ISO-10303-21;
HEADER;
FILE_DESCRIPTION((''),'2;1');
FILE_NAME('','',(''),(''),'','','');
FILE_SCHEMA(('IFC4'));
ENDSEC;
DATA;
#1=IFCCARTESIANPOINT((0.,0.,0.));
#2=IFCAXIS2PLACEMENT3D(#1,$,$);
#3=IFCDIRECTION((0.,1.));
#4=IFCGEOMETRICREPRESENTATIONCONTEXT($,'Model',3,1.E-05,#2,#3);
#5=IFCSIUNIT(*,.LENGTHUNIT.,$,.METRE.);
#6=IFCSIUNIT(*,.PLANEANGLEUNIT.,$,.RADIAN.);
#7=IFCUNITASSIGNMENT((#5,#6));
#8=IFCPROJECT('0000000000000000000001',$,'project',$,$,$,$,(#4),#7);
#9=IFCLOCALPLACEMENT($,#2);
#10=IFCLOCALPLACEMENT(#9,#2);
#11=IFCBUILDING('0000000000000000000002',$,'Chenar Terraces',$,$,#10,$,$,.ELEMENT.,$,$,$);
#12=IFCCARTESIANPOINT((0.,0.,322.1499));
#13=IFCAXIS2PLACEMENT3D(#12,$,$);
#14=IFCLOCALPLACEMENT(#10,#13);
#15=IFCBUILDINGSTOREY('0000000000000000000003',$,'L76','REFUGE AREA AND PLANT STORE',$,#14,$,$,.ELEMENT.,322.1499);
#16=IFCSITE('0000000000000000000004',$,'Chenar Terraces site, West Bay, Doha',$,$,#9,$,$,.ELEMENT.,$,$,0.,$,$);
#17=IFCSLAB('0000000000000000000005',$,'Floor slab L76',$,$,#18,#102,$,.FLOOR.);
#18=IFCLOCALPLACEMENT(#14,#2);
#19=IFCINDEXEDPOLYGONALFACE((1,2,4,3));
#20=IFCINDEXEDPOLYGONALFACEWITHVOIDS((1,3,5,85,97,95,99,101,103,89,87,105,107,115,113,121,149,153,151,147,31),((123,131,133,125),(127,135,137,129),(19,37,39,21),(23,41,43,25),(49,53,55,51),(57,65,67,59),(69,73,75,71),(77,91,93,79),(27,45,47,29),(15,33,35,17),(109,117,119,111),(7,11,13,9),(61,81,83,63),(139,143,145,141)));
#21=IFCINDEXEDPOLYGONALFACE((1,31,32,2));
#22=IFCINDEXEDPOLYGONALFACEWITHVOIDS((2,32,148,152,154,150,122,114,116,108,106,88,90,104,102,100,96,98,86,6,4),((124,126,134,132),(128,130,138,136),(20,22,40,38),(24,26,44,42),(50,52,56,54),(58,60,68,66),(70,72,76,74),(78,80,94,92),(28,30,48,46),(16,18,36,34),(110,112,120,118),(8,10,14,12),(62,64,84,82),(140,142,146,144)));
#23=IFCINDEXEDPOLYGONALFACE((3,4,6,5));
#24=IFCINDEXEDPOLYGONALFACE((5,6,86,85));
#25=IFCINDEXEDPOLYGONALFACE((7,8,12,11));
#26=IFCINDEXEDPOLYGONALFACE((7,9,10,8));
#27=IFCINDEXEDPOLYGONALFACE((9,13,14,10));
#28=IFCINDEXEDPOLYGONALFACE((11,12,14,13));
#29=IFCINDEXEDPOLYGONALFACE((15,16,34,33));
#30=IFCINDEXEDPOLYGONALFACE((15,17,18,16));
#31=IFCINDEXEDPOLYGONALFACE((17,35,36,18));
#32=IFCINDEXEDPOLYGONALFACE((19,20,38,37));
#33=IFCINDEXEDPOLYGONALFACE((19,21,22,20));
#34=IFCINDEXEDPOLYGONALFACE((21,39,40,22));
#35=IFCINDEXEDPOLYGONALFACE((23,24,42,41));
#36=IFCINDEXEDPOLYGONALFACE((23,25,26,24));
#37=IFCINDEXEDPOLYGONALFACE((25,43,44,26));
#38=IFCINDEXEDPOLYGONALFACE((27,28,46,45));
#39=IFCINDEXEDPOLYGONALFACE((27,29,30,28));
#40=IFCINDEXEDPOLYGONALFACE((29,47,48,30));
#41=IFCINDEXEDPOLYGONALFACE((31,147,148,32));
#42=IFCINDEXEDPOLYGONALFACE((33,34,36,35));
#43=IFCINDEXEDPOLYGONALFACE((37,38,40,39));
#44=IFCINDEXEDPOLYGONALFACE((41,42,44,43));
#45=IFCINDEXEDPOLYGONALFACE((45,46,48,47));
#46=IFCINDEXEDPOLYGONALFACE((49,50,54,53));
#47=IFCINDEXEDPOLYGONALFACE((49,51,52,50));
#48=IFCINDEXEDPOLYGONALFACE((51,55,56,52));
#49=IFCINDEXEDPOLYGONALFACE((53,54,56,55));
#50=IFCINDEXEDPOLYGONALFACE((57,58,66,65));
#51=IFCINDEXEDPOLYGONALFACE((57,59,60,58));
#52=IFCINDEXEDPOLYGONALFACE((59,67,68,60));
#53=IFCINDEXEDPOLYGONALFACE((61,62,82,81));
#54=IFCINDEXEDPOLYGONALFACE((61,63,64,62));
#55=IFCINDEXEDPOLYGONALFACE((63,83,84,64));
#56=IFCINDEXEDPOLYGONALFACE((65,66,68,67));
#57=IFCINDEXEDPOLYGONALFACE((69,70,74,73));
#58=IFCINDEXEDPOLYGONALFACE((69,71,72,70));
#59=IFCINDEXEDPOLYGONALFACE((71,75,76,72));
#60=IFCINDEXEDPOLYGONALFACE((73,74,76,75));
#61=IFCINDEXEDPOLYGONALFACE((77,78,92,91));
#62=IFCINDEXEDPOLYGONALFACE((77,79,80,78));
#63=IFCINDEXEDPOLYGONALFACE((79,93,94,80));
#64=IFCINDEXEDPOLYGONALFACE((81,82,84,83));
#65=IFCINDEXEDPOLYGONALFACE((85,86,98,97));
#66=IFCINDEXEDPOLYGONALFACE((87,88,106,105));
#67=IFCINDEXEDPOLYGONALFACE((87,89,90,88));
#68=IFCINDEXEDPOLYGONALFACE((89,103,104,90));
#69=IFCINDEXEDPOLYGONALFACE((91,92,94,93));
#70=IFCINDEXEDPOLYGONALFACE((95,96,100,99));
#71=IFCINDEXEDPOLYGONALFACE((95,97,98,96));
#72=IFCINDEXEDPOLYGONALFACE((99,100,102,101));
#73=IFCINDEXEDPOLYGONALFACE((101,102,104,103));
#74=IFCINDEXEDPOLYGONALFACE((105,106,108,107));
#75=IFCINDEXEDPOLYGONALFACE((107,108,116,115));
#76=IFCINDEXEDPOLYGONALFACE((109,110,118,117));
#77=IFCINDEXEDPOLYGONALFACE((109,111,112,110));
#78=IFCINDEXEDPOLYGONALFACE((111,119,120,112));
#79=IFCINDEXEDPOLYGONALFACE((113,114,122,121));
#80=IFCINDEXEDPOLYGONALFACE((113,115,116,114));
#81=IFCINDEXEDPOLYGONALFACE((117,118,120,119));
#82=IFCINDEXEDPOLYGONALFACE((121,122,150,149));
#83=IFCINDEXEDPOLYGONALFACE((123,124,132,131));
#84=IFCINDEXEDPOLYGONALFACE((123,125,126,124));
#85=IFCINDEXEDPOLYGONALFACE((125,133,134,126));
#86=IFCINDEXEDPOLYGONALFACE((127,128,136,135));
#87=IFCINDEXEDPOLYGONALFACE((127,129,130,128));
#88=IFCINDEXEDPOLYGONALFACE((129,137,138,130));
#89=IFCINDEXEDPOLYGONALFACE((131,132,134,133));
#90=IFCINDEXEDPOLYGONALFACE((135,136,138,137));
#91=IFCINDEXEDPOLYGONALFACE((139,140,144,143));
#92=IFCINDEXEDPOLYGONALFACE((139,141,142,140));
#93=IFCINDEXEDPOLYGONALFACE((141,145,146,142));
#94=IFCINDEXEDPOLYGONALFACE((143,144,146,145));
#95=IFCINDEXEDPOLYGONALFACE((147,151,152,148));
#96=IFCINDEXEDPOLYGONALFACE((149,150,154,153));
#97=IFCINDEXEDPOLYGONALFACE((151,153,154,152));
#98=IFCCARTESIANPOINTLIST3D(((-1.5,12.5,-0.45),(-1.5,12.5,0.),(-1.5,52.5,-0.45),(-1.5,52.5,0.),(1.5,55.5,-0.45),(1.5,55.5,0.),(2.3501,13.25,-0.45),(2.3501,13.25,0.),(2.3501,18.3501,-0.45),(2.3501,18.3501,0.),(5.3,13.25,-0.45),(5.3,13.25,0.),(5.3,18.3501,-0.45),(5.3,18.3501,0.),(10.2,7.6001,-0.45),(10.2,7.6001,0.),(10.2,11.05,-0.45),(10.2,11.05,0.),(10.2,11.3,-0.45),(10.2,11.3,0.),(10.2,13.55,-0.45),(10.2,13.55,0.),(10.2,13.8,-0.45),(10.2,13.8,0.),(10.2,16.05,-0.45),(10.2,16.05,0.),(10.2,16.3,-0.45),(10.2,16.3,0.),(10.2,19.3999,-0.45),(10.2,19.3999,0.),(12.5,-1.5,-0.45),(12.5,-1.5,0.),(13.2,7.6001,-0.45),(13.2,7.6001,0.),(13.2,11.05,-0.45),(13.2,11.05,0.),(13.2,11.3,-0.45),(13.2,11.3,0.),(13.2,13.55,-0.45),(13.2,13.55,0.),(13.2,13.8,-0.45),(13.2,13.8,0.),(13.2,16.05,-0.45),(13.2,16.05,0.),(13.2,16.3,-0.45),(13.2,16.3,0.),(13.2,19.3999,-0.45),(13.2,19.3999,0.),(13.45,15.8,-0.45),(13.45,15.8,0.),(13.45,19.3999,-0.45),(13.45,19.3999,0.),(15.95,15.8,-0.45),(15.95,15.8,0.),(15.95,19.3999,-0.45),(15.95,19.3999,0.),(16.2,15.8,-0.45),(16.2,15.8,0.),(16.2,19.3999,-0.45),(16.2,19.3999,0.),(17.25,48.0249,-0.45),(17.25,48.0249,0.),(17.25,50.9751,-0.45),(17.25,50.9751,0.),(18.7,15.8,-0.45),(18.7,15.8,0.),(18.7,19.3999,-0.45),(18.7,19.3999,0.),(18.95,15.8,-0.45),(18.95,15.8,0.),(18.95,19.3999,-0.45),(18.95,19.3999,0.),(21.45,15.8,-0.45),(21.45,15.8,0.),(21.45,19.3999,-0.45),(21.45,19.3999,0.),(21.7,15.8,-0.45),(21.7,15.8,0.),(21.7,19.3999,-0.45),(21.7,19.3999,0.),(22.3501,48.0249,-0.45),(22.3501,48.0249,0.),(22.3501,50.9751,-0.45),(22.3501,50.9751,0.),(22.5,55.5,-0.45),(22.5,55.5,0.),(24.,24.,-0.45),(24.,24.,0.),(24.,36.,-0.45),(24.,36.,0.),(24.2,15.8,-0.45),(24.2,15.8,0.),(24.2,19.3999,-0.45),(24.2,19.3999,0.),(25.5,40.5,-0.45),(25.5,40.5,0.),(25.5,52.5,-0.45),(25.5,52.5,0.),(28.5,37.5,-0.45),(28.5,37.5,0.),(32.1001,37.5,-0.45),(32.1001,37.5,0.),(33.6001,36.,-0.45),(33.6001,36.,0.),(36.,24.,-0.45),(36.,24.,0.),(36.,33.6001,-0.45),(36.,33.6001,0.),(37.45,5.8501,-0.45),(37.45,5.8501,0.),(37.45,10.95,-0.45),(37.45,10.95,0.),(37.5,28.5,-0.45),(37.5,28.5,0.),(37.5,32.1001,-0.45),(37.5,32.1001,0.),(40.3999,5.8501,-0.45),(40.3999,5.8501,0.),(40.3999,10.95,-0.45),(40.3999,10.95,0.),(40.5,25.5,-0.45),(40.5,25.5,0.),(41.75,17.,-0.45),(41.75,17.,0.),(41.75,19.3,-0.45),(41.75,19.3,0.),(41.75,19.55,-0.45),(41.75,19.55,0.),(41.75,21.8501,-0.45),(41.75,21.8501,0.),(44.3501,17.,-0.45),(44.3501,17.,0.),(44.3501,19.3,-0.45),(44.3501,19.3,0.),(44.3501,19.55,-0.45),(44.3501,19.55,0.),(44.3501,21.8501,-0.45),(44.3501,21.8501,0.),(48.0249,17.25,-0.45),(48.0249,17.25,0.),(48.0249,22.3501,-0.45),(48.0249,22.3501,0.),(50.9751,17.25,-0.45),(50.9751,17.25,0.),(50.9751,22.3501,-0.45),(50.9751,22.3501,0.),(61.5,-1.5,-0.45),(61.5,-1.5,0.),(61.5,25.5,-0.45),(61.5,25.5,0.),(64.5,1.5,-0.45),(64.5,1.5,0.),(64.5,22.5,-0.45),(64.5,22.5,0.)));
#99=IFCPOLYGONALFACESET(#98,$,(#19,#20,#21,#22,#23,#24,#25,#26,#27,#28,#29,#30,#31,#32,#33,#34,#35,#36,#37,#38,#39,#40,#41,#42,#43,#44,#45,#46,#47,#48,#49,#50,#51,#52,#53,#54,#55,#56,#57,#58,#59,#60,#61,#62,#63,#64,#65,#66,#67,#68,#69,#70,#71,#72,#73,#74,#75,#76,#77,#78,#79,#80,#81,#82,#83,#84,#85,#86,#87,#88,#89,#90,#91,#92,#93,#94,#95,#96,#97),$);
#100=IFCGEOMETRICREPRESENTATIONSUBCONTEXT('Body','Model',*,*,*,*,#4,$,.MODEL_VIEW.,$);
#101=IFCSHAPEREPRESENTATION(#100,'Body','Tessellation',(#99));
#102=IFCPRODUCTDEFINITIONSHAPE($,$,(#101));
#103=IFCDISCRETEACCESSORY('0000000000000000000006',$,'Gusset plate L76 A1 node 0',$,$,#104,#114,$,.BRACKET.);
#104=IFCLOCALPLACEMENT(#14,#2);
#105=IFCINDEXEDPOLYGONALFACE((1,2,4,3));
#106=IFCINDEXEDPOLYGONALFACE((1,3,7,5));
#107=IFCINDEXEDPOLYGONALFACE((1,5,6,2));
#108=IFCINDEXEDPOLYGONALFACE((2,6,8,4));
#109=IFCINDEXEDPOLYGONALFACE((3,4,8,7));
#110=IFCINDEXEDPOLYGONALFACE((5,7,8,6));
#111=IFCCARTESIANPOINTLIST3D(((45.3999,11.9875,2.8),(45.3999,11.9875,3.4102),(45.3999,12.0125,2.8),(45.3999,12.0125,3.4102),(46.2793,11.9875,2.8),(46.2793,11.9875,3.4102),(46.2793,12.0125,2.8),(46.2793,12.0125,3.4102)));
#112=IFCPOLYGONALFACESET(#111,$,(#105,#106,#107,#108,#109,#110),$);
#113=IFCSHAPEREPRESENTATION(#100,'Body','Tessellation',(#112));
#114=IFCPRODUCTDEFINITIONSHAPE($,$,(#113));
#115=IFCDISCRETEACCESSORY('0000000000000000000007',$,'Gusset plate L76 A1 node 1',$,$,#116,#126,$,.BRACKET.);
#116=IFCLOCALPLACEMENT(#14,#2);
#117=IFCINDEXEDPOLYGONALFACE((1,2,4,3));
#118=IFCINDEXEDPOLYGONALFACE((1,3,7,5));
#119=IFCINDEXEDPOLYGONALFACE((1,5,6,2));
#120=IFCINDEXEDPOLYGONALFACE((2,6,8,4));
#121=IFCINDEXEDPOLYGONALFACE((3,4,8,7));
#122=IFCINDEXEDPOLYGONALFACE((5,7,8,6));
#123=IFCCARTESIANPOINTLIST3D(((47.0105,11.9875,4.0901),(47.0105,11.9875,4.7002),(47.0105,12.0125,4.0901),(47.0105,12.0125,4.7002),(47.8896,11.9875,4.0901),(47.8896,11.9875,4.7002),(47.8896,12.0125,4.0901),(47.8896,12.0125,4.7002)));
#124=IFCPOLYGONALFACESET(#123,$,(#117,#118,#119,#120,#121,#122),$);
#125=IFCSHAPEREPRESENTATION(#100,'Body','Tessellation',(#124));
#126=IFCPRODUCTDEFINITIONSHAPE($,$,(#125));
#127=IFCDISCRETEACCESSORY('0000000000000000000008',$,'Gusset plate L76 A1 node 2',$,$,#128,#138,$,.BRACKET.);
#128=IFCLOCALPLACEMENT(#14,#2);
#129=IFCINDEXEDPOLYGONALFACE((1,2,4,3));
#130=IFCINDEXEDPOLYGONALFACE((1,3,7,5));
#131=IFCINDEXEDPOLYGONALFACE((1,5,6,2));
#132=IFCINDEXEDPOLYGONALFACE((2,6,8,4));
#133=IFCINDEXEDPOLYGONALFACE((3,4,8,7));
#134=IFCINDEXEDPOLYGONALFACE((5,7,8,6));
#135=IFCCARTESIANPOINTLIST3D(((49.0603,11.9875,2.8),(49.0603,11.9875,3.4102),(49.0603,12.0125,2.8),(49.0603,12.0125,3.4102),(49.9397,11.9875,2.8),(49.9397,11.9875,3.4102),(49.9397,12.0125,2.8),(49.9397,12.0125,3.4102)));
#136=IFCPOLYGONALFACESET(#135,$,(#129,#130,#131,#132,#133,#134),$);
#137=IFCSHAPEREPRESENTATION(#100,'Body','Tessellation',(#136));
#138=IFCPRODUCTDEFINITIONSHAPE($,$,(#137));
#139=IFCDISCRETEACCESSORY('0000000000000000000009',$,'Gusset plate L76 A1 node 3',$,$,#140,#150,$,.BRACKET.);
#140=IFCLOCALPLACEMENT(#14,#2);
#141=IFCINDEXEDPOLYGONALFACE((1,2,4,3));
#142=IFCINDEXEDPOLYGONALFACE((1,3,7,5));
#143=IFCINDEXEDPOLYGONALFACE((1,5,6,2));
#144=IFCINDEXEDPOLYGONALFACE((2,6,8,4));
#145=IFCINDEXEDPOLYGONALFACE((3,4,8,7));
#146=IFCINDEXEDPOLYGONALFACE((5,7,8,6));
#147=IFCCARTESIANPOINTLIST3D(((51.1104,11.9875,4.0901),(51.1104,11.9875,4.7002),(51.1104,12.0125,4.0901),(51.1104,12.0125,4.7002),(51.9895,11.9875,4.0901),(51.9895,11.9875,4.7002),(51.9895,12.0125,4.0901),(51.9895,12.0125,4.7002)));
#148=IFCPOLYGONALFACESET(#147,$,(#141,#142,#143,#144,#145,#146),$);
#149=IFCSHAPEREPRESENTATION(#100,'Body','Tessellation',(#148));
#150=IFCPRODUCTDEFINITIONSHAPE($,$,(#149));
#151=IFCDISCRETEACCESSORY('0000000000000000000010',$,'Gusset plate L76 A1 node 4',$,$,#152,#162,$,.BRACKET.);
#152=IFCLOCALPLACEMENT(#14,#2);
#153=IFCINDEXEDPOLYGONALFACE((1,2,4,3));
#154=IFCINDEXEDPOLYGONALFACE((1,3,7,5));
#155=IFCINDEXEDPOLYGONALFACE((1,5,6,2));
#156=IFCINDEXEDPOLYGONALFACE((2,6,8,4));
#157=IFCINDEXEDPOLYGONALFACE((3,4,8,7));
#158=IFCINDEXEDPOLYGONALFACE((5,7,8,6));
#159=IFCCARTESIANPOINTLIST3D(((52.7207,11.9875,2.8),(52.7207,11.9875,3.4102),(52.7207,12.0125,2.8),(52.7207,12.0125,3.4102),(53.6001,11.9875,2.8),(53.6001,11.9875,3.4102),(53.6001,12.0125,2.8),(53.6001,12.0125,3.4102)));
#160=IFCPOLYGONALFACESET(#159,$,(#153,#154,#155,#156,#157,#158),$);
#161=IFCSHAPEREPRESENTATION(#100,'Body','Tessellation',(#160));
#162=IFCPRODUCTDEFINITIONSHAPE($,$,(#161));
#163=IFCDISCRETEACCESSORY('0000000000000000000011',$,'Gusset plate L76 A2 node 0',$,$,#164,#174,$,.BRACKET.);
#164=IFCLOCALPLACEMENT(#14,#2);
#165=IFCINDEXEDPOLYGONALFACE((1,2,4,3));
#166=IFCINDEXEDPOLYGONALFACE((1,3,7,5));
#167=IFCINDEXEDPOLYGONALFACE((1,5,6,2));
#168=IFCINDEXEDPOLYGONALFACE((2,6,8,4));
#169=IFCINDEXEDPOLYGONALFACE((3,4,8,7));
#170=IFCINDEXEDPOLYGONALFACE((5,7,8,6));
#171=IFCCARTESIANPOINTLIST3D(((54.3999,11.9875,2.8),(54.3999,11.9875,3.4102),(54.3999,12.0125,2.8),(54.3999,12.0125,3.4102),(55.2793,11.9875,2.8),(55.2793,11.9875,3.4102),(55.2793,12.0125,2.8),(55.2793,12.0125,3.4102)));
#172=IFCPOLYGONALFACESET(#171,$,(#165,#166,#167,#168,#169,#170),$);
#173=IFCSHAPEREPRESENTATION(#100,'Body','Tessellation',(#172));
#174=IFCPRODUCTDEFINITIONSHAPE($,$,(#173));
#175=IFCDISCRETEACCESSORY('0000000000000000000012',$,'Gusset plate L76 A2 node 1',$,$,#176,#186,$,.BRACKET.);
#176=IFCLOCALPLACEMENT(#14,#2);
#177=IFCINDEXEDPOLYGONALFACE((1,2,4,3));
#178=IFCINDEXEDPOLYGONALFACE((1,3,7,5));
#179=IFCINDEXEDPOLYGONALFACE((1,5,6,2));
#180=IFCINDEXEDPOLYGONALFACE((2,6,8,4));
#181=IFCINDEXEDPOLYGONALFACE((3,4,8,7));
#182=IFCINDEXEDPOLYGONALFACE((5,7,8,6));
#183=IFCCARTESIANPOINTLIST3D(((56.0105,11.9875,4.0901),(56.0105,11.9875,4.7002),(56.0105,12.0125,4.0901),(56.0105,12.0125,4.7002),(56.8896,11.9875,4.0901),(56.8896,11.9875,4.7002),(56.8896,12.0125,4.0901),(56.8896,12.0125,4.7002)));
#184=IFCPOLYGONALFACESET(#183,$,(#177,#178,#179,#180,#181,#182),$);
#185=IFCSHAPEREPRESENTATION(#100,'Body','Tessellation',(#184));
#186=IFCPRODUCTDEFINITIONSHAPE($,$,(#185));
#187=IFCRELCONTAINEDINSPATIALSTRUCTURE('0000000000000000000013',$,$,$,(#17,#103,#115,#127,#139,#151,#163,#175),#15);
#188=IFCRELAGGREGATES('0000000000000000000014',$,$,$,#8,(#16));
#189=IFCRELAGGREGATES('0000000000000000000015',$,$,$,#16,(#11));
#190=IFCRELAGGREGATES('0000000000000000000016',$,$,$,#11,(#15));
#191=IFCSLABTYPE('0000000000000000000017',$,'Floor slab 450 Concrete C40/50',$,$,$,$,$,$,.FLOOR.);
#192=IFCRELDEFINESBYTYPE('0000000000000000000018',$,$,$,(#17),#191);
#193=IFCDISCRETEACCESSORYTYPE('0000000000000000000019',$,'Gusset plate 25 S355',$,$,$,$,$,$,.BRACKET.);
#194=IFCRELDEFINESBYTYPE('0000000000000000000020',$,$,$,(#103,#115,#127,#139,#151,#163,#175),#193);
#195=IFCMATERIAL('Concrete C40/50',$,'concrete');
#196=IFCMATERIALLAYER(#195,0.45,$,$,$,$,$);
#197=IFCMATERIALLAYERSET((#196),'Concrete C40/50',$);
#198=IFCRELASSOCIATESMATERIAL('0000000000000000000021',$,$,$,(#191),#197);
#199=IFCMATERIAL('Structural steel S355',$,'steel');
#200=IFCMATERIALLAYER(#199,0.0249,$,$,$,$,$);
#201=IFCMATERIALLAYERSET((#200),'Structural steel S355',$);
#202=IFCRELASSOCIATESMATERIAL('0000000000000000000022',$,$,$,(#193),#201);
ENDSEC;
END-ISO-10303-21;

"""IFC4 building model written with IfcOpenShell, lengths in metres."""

from ifc_helpers import new_model, si_unit, direction, frame, origin, place, context, subcontext, project, spatial, polyline, outline, extrude, material, layer, layer_set, type_object, element, save


model = new_model("IFC4")

# Units and contexts
model_context = context("Model", 3, precision=1e-05, world=origin(), true_north=direction((0.0, 1.0)))
body_context = subcontext(model_context, "Body", "Model", "MODEL_VIEW")
ifc_project = project(units=[si_unit("LENGTHUNIT", "METRE"), si_unit("PLANEANGLEUNIT", "RADIAN")], contexts=[model_context])

# Site, building, storey
site_placement = place(None, origin())
site = spatial("IfcSite", under=ifc_project, at=site_placement, Name="Chenar Terraces site, West Bay, Doha", CompositionType="ELEMENT", RefElevation=0.0)
building_placement = place(site_placement, origin())
building = spatial("IfcBuilding", under=site, at=building_placement, Name="Chenar Terraces", CompositionType="ELEMENT")
storey_placement = place(building_placement, frame((0.0, 0.0, 322.1499)))
storey = spatial("IfcBuildingStorey", under=building, at=storey_placement, Name="L76", Description="REFUGE AREA AND PLANT STORE", CompositionType="ELEMENT", Elevation=322.1499)

# Slab
ifc_material_1 = material(Name="Concrete C40/50", Category="concrete")
ifc_layer_1 = layer(ifc_material_1, 0.45)
ifc_layer_set_1 = layer_set([ifc_layer_1], Name="Concrete C40/50")
slab_type = type_object("IfcSlabType", Name="Floor slab 450 Concrete C40/50", PredefinedType="FLOOR", material=ifc_layer_set_1)
slab_placement = place(storey_placement, frame((0.0, 0.0, -0.45)))
element("IfcSlab", 1, at=slab_placement, inside=storey, type_object=slab_type, Name="Floor slab L76", PredefinedType="FLOOR", context=body_context, shape_type="SweptSolid", body=[
    extrude(outline(polyline([(64.5, 22.5), (64.5, 1.5), (61.5, -1.5), (12.5, -1.5), (-1.5, 12.5), (-1.5, 52.5), (1.5, 55.5), (22.5, 55.5), (25.5, 52.5), (25.5, 40.5), (28.5, 37.5), (32.1001, 37.5), (33.6001, 36.0), (24.0, 36.0), (24.0, 24.0), (36.0, 24.0), (36.0, 33.6001), (37.5, 32.1001), (37.5, 28.5), (40.5, 25.5), (61.5, 25.5), (64.5, 22.5)]), holes=[polyline([(10.2, 11.05), (10.2, 7.6001), (13.2, 7.6001), (13.2, 11.05), (10.2, 11.05)]), polyline([(13.2, 13.55), (10.2, 13.55), (10.2, 11.3), (13.2, 11.3), (13.2, 13.55)]), polyline([(13.2, 16.05), (10.2, 16.05), (10.2, 13.8), (13.2, 13.8), (13.2, 16.05)]), polyline([(2.3501, 13.25), (5.3, 13.25), (5.3, 18.3501), (2.3501, 18.3501), (2.3501, 13.25)]), polyline([(15.95, 19.3999), (13.45, 19.3999), (13.45, 15.8), (15.95, 15.8), (15.95, 19.3999)]), polyline([(18.7, 19.3999), (16.2, 19.3999), (16.2, 15.8), (18.7, 15.8), (18.7, 19.3999)]), polyline([(13.2, 19.3999), (10.2, 19.3999), (10.2, 16.3), (13.2, 16.3), (13.2, 19.3999)]), polyline([(22.3501, 48.0249), (22.3501, 50.9751), (17.25, 50.9751), (17.25, 48.0249), (22.3501, 48.0249)]), polyline([(37.45, 5.8501), (40.3999, 5.8501), (40.3999, 10.95), (37.45, 10.95), (37.45, 5.8501)]), polyline([(21.45, 19.3999), (18.95, 19.3999), (18.95, 15.8), (21.45, 15.8), (21.45, 19.3999)]), polyline([(24.2, 19.3999), (21.7, 19.3999), (21.7, 15.8), (24.2, 15.8), (24.2, 19.3999)]), polyline([(44.3501, 19.3), (41.75, 19.3), (41.75, 17.0), (44.3501, 17.0), (44.3501, 19.3)]), polyline([(50.9751, 22.3501), (48.0249, 22.3501), (48.0249, 17.25), (50.9751, 17.25), (50.9751, 22.3501)]), polyline([(44.3501, 21.8501), (41.75, 21.8501), (41.75, 19.55), (44.3501, 19.55), (44.3501, 21.8501)])]), origin(), (0.0, 0.0, 1.0), 0.45),
])

# Discrete accessories
ifc_material_2 = material(Name="Structural steel S355", Category="steel")
ifc_layer_2 = layer(ifc_material_2, 0.0249)
ifc_layer_set_2 = layer_set([ifc_layer_2], Name="Structural steel S355")
discrete_accessory_type = type_object("IfcDiscreteAccessoryType", Name="Gusset plate 25 S355", PredefinedType="BRACKET", material=ifc_layer_set_2)
placement_1 = place(storey_placement, frame((0.0, 0.0, 2.8)))
element("IfcDiscreteAccessory", 2, at=placement_1, inside=storey, type_object=discrete_accessory_type, Name="Gusset plate L76 A1 node 0", PredefinedType="BRACKET", context=body_context, shape_type="SweptSolid", body=[
    extrude(outline(polyline([(45.3999, 11.9875), (46.2793, 11.9875), (46.2793, 12.0125), (45.3999, 12.0125), (45.3999, 11.9875)])), origin(), (0.0, 0.0, 1.0), 0.6101),
])
placement_2 = place(storey_placement, frame((0.0, 0.0, 4.0901)))
element("IfcDiscreteAccessory", 3, at=placement_2, inside=storey, type_object=discrete_accessory_type, Name="Gusset plate L76 A1 node 1", PredefinedType="BRACKET", context=body_context, shape_type="SweptSolid", body=[
    extrude(outline(polyline([(47.0105, 11.9875), (47.8896, 11.9875), (47.8896, 12.0125), (47.0105, 12.0125), (47.0105, 11.9875)])), origin(), (0.0, 0.0, 1.0), 0.6101),
])
element("IfcDiscreteAccessory", 4, at=placement_1, inside=storey, type_object=discrete_accessory_type, Name="Gusset plate L76 A1 node 2", PredefinedType="BRACKET", context=body_context, shape_type="SweptSolid", body=[
    extrude(outline(polyline([(49.0603, 11.9875), (49.9397, 11.9875), (49.9397, 12.0125), (49.0603, 12.0125), (49.0603, 11.9875)])), origin(), (0.0, 0.0, 1.0), 0.6101),
])
element("IfcDiscreteAccessory", 5, at=placement_2, inside=storey, type_object=discrete_accessory_type, Name="Gusset plate L76 A1 node 3", PredefinedType="BRACKET", context=body_context, shape_type="SweptSolid", body=[
    extrude(outline(polyline([(51.1104, 11.9875), (51.9895, 11.9875), (51.9895, 12.0125), (51.1104, 12.0125), (51.1104, 11.9875)])), origin(), (0.0, 0.0, 1.0), 0.6101),
])
element("IfcDiscreteAccessory", 6, at=placement_1, inside=storey, type_object=discrete_accessory_type, Name="Gusset plate L76 A1 node 4", PredefinedType="BRACKET", context=body_context, shape_type="SweptSolid", body=[
    extrude(outline(polyline([(52.7207, 11.9875), (53.6001, 11.9875), (53.6001, 12.0125), (52.7207, 12.0125), (52.7207, 11.9875)])), origin(), (0.0, 0.0, 1.0), 0.6101),
])
element("IfcDiscreteAccessory", 7, at=placement_1, inside=storey, type_object=discrete_accessory_type, Name="Gusset plate L76 A2 node 0", PredefinedType="BRACKET", context=body_context, shape_type="SweptSolid", body=[
    extrude(outline(polyline([(54.3999, 11.9875), (55.2793, 11.9875), (55.2793, 12.0125), (54.3999, 12.0125), (54.3999, 11.9875)])), origin(), (0.0, 0.0, 1.0), 0.6101),
])
element("IfcDiscreteAccessory", 8, at=placement_2, inside=storey, type_object=discrete_accessory_type, Name="Gusset plate L76 A2 node 1", PredefinedType="BRACKET", context=body_context, shape_type="SweptSolid", body=[
    extrude(outline(polyline([(56.0105, 11.9875), (56.8896, 11.9875), (56.8896, 12.0125), (56.0105, 12.0125), (56.0105, 11.9875)])), origin(), (0.0, 0.0, 1.0), 0.6101),
])

save(model, "model.ifc")
